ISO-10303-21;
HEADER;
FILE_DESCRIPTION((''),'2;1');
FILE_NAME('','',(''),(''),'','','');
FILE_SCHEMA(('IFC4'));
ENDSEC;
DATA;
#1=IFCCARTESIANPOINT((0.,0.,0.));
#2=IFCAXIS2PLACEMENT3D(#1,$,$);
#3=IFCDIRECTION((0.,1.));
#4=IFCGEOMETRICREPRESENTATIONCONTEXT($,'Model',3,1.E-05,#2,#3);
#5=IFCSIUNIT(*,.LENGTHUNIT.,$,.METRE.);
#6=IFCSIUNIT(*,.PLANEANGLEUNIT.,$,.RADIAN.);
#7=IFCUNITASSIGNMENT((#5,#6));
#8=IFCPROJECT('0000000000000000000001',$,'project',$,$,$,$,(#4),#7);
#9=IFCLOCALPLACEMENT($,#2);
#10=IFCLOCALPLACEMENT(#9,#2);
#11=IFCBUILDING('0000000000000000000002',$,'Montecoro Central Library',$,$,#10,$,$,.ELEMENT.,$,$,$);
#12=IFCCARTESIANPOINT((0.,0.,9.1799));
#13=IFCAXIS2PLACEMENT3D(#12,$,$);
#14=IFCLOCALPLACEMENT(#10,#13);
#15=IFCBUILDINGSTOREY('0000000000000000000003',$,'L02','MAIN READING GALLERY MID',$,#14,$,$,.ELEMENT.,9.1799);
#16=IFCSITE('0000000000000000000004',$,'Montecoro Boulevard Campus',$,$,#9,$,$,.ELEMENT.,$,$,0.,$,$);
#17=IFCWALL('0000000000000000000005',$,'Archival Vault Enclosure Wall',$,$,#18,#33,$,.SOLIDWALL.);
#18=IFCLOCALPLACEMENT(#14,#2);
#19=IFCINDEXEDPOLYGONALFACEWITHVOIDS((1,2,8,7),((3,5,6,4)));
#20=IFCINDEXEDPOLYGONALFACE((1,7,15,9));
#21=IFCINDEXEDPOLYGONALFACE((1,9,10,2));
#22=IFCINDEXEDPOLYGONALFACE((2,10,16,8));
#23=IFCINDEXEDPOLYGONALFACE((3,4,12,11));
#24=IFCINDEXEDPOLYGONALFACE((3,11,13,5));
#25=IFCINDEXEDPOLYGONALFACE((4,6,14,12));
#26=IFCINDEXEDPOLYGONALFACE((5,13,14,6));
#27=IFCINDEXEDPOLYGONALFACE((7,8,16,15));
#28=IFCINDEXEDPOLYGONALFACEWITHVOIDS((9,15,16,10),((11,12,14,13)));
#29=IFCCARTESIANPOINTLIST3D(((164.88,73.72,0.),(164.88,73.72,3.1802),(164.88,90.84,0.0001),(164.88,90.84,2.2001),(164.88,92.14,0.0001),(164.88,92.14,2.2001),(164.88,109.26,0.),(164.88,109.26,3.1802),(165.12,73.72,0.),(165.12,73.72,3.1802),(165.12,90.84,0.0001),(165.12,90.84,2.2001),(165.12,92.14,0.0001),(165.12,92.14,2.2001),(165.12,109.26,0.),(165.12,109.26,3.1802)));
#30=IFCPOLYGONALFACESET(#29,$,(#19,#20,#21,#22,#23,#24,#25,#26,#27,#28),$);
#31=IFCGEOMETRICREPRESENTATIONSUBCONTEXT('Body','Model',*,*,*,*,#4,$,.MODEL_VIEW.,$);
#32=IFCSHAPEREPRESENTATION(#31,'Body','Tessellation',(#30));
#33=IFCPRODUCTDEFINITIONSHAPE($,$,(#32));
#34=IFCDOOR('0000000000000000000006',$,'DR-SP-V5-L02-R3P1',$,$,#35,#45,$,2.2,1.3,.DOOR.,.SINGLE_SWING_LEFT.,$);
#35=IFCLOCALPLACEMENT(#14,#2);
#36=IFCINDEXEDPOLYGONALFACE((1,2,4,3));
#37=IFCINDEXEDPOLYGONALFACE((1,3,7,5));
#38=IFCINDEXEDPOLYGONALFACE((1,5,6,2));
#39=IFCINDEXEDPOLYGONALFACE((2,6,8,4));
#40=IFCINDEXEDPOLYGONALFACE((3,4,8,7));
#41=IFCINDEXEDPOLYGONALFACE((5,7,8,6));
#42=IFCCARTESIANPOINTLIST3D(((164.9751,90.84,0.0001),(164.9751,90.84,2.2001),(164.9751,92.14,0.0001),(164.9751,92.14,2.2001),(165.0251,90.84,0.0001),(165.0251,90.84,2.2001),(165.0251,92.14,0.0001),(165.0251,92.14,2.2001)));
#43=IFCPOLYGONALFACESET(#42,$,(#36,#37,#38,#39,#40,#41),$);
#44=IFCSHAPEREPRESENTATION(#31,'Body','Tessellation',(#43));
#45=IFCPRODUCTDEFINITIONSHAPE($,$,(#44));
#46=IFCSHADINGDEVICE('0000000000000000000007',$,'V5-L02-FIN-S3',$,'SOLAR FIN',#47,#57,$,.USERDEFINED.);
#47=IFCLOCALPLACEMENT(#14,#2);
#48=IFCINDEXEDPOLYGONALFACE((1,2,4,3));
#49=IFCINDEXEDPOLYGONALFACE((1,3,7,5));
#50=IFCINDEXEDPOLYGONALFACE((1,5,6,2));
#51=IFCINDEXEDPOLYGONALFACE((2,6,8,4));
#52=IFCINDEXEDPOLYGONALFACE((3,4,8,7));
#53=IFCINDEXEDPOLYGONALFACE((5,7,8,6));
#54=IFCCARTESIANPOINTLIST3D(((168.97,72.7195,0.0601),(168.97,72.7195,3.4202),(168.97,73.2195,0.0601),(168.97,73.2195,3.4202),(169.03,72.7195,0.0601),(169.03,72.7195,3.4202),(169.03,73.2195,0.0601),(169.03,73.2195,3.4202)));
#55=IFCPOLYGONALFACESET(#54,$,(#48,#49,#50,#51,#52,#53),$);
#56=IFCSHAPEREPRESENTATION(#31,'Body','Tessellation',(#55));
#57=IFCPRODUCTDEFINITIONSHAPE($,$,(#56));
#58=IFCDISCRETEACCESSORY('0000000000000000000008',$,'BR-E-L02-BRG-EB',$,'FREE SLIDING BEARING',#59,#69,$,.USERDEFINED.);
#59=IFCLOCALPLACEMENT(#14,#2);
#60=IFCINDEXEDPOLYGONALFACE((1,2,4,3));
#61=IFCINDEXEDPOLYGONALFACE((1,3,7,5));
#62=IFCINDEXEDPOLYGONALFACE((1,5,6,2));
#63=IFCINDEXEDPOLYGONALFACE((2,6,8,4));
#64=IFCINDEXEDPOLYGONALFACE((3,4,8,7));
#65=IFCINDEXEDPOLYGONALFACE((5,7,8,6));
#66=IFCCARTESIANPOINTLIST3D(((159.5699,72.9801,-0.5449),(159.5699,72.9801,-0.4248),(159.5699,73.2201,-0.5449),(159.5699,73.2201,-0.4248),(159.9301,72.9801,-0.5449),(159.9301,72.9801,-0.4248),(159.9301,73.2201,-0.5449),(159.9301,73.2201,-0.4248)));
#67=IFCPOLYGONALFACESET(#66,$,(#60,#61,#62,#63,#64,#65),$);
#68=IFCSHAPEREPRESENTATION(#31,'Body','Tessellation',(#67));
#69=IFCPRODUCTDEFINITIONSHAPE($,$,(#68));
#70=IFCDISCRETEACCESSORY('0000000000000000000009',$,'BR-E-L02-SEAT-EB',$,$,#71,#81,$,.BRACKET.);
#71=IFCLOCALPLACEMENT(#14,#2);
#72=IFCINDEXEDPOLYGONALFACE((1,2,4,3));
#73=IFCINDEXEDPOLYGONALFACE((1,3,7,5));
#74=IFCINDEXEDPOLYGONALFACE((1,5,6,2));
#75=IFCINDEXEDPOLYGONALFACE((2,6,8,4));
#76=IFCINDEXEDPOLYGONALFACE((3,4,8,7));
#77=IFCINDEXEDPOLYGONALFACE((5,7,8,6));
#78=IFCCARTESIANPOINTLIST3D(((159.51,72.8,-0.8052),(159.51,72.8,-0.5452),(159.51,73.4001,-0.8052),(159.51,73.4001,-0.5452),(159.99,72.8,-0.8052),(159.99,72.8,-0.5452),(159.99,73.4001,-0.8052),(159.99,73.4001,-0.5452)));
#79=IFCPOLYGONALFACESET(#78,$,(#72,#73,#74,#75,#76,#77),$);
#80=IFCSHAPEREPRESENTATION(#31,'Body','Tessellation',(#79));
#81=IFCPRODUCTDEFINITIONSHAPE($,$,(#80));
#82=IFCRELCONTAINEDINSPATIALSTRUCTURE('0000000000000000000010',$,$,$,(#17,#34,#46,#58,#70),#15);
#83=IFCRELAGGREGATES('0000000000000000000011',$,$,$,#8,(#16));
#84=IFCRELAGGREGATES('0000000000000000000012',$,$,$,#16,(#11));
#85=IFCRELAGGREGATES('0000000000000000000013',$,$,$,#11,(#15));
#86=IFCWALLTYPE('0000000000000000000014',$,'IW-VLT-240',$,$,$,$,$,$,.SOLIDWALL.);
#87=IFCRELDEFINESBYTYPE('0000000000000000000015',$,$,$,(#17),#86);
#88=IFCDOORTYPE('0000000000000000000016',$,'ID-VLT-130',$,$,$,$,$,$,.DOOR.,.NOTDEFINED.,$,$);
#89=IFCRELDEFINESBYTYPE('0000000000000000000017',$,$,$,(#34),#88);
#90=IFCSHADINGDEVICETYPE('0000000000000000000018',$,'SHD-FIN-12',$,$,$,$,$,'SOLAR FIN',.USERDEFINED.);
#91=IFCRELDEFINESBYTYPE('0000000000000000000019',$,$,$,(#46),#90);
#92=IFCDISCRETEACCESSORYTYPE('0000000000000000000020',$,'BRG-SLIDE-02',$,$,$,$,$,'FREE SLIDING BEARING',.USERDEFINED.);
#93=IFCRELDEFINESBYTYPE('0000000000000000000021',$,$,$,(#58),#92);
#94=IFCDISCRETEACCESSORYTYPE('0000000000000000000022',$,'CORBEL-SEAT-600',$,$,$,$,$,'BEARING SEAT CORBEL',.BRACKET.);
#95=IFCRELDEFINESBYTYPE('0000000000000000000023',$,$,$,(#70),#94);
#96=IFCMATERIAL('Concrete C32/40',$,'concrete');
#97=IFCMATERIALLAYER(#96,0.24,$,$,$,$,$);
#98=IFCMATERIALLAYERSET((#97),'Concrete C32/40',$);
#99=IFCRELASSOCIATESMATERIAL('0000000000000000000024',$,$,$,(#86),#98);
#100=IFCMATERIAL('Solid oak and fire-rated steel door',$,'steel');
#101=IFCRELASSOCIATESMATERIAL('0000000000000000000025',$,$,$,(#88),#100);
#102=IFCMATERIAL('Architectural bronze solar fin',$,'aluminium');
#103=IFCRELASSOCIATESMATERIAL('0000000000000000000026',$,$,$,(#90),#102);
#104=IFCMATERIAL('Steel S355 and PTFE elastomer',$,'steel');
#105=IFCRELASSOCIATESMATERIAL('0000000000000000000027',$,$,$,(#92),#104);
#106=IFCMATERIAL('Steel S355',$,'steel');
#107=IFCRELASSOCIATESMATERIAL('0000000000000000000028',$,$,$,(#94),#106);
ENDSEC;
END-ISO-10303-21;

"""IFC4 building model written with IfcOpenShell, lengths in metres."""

from ifc_helpers import new_model, si_unit, direction, frame, frame_2d, origin, origin_2d, place, context, subcontext, project, spatial, rectangle, extrude, material, layer, layer_set, type_object, element, fill, save


model = new_model("IFC4")

# Units and contexts
model_context = context("Model", 3, precision=1e-05, world=origin(), true_north=direction((0.0, 1.0)))
body_context = subcontext(model_context, "Body", "Model", "MODEL_VIEW")
ifc_project = project(units=[si_unit("LENGTHUNIT", "METRE"), si_unit("PLANEANGLEUNIT", "RADIAN")], contexts=[model_context])

# Site, building, storey
site_placement = place(None, origin())
site = spatial("IfcSite", under=ifc_project, at=site_placement, Name="Montecoro Boulevard Campus", CompositionType="ELEMENT", RefElevation=0.0)
building_placement = place(site_placement, origin())
building = spatial("IfcBuilding", under=site, at=building_placement, Name="Montecoro Central Library", CompositionType="ELEMENT")
storey_placement = place(building_placement, frame((0.0, 0.0, 9.1799)))
storey = spatial("IfcBuildingStorey", under=building, at=storey_placement, Name="L02", Description="MAIN READING GALLERY MID", CompositionType="ELEMENT", Elevation=9.1799)

# Shared definitions
ifc_material_1 = material(Name="Steel S355", Category="steel")

# Wall, opening, door
ifc_material_2 = material(Name="Concrete C32/40", Category="concrete")
ifc_layer_1 = layer(ifc_material_2, 0.24)
ifc_layer_set_1 = layer_set([ifc_layer_1], Name="Concrete C32/40")
wall_type_1 = type_object("IfcWallType", Name="IW-VLT-240", PredefinedType="SOLIDWALL", material=ifc_layer_set_1)
wall_1_placement = place(storey_placement, frame((165.0, 73.72, 0.0), z_axis=(0.0, 0.0, 1.0), x_axis=(0.0, 1.0, 0.0)))
wall_1 = element("IfcWall", 1, at=wall_1_placement, inside=storey, type_object=wall_type_1, Name="Archival Vault Enclosure Wall", PredefinedType="SOLIDWALL", context=body_context, shape_type="SweptSolid", body=[
    extrude(rectangle(XDim=35.54, YDim=0.24, at=frame_2d((17.77, 0.0))), origin(), (0.0, 0.0, 1.0), 3.1802),
])
opening_1_placement = place(wall_1_placement, frame((17.1201, 0.0, 0.0)))
opening_1 = element("IfcOpeningElement", 2, at=opening_1_placement, cuts=wall_1, PredefinedType="OPENING", context=body_context, shape_type="SweptSolid", body=[
    extrude(rectangle(XDim=1.3, YDim=2.2, at=frame_2d((0.6499, 1.1001))), frame((0.0, 0.1299, 0.0), z_axis=(0.0, -1.0, 0.0), x_axis=(1.0, 0.0, 0.0)), (0.0, 0.0, 1.0), 0.26),
])
ifc_material_3 = material(Name="Solid oak and fire-rated steel door", Category="steel")
door_type = type_object("IfcDoorType", Name="ID-VLT-130", OperationType="NOTDEFINED", PredefinedType="DOOR", material=ifc_material_3)
door_placement = place(opening_1_placement, origin())
door = element("IfcDoor", 3, at=door_placement, inside=storey, type_object=door_type, Name="DR-SP-V5-L02-R3P1", OperationType="SINGLE_SWING_LEFT", OverallHeight=2.2, OverallWidth=1.3, PredefinedType="DOOR", context=body_context, shape_type="SweptSolid", body=[
    extrude(rectangle(XDim=1.3, YDim=2.2, at=frame_2d((0.6499, 1.1001))), frame((0.0, 0.0249, 0.0), z_axis=(0.0, -1.0, 0.0), x_axis=(1.0, 0.0, 0.0)), (0.0, 0.0, 1.0), 0.05),
])
fill(opening_1, door)

# Shading device
ifc_material_4 = material(Name="Architectural bronze solar fin", Category="aluminium")
shading_device_type = type_object("IfcShadingDeviceType", Name="SHD-FIN-12", ElementType="SOLAR FIN", PredefinedType="USERDEFINED", material=ifc_material_4)
shading_device_placement = place(storey_placement, frame((169.0, 72.9695, 0.0601), z_axis=(0.0, 0.0, 1.0), x_axis=(1.0, 0.0, 0.0)))
element("IfcShadingDevice", 4, at=shading_device_placement, inside=storey, type_object=shading_device_type, Name="V5-L02-FIN-S3", ObjectType="SOLAR FIN", PredefinedType="USERDEFINED", context=body_context, shape_type="SweptSolid", body=[
    extrude(rectangle(XDim=0.0601, YDim=0.5, at=origin_2d()), origin(), (0.0, 0.0, 1.0), 3.3601),
])

# Discrete accessories
ifc_material_5 = material(Name="Steel S355 and PTFE elastomer", Category="steel")
discrete_accessory_type_1 = type_object("IfcDiscreteAccessoryType", Name="BRG-SLIDE-02", ElementType="FREE SLIDING BEARING", PredefinedType="USERDEFINED", material=ifc_material_5)
discrete_accessory_1_placement = place(storey_placement, frame((159.75, 73.1001, -0.5449), z_axis=(0.0, 0.0, 1.0), x_axis=(1.0, 0.0, 0.0)))
element("IfcDiscreteAccessory", 5, at=discrete_accessory_1_placement, inside=storey, type_object=discrete_accessory_type_1, Name="BR-E-L02-BRG-EB", ObjectType="FREE SLIDING BEARING", PredefinedType="USERDEFINED", context=body_context, shape_type="SweptSolid", body=[
    extrude(rectangle(XDim=0.3601, YDim=0.24, at=origin_2d()), origin(), (0.0, 0.0, 1.0), 0.1201),
])
discrete_accessory_type_2 = type_object("IfcDiscreteAccessoryType", Name="CORBEL-SEAT-600", ElementType="BEARING SEAT CORBEL", PredefinedType="BRACKET", material=ifc_material_1)
discrete_accessory_2_placement = place(storey_placement, frame((159.75, 73.1001, -0.8052), z_axis=(0.0, 0.0, 1.0), x_axis=(1.0, 0.0, 0.0)))
element("IfcDiscreteAccessory", 6, at=discrete_accessory_2_placement, inside=storey, type_object=discrete_accessory_type_2, Name="BR-E-L02-SEAT-EB", PredefinedType="BRACKET", context=body_context, shape_type="SweptSolid", body=[
    extrude(rectangle(XDim=0.48, YDim=0.6001, at=origin_2d()), origin(), (0.0, 0.0, 1.0), 0.26),
])

save(model, "model.ifc")
